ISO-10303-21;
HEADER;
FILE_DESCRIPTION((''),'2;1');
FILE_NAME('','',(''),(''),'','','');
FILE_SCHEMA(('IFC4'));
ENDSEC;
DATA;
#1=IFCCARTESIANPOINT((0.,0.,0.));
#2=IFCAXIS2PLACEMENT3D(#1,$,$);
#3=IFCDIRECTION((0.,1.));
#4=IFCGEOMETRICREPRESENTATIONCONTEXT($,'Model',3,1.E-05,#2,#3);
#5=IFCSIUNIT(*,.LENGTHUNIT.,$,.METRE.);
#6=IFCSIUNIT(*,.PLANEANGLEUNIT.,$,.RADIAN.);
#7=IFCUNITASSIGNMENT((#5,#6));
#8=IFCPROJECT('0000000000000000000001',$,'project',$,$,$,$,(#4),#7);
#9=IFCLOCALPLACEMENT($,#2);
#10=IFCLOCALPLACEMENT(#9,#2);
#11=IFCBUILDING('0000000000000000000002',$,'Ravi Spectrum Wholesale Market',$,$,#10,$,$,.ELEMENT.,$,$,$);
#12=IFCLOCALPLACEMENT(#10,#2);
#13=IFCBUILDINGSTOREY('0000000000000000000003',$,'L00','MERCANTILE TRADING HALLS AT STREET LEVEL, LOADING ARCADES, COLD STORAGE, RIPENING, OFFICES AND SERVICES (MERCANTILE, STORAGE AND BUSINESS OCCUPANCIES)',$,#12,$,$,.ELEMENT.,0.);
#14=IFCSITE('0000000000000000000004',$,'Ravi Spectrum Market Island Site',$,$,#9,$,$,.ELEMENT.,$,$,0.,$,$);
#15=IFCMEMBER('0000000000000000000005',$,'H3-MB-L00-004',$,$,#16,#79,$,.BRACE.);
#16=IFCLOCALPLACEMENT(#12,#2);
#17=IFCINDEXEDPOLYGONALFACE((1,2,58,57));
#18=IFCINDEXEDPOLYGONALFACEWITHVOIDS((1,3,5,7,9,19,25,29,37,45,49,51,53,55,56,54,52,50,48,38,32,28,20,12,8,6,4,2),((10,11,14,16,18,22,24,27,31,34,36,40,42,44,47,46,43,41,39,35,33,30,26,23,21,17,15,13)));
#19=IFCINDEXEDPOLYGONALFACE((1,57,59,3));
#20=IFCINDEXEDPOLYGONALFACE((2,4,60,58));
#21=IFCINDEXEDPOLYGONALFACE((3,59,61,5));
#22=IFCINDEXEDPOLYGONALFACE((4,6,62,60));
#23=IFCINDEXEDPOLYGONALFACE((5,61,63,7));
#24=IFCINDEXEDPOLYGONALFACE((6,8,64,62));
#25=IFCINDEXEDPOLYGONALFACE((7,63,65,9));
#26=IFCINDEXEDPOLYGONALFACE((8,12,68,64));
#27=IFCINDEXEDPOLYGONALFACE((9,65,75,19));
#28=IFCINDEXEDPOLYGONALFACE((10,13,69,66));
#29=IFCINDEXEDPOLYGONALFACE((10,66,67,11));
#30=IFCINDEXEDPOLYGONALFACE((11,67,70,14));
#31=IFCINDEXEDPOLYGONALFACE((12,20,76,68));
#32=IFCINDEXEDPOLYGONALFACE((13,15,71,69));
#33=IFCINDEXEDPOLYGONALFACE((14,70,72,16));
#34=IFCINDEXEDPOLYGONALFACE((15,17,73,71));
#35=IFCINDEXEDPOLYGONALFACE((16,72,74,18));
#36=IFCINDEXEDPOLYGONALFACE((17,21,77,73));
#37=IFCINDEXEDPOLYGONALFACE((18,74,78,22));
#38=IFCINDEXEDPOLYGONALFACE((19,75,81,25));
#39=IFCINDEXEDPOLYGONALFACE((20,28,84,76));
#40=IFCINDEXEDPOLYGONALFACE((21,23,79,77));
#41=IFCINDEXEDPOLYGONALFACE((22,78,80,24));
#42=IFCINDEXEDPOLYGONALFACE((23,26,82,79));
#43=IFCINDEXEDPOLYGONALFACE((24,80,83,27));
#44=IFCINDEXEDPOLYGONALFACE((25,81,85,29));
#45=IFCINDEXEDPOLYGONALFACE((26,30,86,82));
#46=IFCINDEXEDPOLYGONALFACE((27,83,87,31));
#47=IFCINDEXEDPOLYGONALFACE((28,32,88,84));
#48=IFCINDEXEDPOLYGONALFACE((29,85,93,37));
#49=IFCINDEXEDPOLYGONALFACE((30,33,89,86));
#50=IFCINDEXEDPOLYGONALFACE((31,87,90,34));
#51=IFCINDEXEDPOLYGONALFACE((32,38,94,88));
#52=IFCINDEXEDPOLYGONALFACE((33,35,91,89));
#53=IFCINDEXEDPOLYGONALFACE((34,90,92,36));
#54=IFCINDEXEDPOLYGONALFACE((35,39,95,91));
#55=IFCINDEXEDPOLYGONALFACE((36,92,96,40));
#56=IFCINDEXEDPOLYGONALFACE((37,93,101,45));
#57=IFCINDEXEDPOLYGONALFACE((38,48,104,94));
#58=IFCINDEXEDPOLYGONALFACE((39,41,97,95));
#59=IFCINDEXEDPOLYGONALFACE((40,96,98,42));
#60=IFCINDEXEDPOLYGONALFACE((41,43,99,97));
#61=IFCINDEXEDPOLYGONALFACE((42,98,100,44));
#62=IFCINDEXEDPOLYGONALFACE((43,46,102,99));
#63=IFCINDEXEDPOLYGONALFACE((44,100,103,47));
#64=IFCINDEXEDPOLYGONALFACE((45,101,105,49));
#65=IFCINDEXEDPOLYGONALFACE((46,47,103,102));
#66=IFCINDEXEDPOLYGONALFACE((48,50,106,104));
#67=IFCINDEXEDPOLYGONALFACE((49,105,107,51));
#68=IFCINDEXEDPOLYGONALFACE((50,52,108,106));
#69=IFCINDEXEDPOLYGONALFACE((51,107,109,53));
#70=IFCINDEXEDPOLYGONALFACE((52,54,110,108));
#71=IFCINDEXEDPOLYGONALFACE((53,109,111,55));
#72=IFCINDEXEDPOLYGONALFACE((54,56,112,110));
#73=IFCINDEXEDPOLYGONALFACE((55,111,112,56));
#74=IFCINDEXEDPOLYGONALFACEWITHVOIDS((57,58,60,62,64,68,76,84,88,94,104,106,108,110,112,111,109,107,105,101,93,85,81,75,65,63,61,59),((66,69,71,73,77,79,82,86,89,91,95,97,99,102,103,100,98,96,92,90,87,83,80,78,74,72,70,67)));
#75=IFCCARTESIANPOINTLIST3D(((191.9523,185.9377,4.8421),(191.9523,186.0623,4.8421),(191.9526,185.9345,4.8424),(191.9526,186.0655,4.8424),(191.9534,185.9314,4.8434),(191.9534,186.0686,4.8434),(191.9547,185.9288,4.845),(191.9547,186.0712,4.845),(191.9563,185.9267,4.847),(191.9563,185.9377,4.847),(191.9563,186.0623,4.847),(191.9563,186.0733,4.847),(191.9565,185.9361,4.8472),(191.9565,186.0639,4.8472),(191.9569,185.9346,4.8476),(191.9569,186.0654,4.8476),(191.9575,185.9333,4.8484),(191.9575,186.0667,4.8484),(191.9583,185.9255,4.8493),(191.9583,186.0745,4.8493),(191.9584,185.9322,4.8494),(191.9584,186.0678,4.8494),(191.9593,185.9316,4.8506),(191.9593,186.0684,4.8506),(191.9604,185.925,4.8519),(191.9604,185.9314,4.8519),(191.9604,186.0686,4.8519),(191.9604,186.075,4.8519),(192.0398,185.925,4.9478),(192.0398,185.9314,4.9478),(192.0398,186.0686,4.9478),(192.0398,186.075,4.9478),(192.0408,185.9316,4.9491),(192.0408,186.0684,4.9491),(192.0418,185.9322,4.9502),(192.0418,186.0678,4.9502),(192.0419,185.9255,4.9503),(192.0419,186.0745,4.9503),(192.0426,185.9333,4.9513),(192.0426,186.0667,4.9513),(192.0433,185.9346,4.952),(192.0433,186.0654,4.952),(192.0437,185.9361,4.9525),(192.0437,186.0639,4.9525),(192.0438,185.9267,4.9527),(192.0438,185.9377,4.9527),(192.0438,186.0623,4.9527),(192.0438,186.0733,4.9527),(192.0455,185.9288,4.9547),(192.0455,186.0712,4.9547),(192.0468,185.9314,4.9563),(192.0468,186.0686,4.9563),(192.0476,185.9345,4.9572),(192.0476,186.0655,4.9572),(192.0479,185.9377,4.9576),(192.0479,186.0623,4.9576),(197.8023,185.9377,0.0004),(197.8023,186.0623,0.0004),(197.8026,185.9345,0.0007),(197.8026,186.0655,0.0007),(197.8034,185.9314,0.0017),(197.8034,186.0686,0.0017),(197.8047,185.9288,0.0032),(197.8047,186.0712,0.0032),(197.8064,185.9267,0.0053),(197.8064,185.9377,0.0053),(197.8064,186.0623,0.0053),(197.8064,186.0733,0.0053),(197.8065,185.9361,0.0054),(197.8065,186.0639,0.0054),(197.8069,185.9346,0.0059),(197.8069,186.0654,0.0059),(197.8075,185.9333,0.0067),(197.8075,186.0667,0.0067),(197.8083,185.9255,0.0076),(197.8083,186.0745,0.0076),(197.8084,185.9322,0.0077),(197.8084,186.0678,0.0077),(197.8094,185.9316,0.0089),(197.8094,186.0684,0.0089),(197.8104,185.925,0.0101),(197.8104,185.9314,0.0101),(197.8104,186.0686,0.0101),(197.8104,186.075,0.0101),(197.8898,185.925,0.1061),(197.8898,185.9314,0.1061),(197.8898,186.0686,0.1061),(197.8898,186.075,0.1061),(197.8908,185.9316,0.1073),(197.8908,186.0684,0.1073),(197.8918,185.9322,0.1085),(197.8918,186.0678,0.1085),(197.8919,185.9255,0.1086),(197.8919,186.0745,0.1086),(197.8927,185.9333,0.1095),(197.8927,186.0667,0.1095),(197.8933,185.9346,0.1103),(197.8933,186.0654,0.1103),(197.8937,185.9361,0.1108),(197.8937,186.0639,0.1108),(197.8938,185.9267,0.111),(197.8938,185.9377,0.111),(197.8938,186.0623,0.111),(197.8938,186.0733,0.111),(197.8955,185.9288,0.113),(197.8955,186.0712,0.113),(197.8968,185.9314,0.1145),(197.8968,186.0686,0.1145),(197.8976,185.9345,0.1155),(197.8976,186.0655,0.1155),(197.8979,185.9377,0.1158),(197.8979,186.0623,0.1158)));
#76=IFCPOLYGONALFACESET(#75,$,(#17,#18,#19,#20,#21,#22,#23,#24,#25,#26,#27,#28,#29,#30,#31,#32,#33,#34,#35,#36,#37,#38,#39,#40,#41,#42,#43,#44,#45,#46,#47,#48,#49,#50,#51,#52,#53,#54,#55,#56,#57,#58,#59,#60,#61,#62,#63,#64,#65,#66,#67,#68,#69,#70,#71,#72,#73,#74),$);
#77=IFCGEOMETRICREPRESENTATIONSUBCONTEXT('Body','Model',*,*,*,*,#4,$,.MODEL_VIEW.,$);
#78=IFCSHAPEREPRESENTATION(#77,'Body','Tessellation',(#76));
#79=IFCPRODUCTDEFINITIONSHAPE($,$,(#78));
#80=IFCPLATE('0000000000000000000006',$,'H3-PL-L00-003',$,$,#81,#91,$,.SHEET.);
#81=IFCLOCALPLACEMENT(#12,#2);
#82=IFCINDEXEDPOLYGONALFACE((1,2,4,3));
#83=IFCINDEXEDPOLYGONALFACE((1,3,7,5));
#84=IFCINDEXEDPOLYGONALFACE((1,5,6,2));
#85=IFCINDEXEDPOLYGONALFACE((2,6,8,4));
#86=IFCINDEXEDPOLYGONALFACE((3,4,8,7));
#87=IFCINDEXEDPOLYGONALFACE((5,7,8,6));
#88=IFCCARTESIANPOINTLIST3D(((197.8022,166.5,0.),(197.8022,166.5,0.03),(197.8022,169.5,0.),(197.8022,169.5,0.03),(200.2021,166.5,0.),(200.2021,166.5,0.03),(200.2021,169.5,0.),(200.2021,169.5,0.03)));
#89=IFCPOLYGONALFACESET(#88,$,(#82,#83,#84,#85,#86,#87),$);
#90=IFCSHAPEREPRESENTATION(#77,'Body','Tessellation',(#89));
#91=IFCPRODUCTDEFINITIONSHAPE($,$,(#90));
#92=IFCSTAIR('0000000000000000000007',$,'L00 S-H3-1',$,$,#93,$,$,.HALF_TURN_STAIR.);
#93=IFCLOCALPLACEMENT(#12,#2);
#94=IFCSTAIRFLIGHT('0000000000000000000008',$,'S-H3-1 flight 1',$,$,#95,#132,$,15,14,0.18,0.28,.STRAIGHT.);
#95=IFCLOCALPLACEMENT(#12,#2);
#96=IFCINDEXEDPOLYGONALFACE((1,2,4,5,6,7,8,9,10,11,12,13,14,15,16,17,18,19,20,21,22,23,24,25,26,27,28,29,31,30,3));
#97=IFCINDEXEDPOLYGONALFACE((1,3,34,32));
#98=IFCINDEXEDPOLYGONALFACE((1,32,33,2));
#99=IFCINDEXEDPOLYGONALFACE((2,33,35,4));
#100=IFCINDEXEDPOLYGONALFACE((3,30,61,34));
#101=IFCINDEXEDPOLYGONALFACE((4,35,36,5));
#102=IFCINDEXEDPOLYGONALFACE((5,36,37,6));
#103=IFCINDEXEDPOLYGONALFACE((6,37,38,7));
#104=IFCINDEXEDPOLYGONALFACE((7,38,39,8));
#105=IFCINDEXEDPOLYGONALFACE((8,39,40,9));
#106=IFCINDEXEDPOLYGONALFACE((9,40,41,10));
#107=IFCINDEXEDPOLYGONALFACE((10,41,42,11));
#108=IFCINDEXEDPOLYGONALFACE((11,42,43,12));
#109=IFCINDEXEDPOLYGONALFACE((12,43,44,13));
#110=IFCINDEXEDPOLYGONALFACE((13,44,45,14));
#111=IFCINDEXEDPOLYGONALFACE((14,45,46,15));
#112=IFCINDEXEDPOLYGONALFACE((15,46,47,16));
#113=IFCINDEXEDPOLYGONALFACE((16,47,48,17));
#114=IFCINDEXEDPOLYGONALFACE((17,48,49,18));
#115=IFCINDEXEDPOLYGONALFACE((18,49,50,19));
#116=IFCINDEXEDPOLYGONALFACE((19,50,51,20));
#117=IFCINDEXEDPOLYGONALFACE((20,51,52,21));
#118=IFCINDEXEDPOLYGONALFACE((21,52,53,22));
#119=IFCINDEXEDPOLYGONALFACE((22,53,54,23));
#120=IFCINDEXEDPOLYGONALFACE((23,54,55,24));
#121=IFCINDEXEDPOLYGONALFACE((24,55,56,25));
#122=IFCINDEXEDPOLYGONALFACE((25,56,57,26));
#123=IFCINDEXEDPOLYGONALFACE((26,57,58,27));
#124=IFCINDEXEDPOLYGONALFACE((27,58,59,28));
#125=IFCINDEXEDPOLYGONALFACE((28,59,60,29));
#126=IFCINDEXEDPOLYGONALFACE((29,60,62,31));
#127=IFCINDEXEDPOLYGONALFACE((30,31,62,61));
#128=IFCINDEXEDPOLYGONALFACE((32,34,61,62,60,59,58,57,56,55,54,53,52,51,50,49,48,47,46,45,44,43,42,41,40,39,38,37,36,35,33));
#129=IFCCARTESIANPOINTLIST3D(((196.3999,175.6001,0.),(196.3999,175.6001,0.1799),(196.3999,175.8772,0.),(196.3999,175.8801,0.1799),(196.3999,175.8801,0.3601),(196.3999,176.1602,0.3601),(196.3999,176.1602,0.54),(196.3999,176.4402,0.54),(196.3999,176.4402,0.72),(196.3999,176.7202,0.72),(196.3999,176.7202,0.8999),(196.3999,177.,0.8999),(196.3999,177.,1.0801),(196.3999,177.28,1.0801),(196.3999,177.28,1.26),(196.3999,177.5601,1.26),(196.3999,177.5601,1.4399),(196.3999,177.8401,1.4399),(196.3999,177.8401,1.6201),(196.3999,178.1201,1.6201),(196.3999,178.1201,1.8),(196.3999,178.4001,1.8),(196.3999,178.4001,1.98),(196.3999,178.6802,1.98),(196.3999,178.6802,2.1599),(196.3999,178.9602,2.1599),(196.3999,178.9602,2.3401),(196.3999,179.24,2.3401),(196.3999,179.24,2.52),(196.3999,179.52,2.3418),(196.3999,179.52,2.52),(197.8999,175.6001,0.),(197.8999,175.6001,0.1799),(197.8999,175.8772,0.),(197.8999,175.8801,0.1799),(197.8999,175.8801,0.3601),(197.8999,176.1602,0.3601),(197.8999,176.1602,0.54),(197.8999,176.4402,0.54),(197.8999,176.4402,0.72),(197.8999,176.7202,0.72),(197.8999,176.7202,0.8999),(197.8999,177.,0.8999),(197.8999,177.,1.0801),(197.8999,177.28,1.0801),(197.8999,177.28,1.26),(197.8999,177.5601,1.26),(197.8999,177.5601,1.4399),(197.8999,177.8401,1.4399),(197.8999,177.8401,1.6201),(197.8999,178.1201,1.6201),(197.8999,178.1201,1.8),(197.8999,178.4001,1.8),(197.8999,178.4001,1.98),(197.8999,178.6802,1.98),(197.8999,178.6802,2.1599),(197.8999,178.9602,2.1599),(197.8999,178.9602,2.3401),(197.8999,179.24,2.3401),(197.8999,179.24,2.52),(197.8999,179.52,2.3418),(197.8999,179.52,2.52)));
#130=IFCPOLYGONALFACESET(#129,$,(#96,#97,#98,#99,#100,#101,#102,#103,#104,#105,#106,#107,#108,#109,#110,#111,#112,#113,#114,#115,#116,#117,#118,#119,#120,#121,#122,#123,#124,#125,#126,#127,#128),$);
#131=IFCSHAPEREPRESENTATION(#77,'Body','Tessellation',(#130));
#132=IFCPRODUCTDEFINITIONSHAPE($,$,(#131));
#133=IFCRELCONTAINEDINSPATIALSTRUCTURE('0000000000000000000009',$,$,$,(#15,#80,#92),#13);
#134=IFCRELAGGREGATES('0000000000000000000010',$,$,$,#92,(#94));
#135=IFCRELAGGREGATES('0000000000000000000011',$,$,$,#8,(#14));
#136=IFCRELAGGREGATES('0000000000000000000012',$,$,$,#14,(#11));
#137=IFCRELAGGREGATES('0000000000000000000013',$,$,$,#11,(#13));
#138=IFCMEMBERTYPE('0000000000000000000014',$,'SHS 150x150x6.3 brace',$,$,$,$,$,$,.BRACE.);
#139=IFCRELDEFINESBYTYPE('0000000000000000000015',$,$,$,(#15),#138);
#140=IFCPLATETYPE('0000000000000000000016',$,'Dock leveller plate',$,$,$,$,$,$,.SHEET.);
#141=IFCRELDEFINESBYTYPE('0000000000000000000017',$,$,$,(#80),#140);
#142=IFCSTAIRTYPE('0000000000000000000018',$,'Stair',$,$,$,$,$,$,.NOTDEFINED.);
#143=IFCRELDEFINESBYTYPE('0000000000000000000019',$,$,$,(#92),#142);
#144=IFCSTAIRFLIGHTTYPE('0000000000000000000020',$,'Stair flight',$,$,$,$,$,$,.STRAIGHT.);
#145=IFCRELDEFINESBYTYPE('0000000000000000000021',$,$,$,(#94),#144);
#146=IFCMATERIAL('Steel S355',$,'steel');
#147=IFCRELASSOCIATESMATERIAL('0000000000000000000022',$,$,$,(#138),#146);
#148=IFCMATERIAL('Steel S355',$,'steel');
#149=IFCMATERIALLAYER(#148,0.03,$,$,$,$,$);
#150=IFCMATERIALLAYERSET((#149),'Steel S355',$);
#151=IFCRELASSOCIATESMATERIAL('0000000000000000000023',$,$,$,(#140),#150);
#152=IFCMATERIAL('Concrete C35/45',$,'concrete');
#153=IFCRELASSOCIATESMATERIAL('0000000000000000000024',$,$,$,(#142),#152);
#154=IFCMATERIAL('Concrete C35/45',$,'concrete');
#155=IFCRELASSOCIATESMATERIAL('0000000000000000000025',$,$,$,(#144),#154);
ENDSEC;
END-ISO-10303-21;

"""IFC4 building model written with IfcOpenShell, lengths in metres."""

from ifc_helpers import new_model, si_unit, direction, frame, origin, origin_2d, place, context, subcontext, project, spatial, polyline, rectangle, hollow_rectangle, outline, extrude, material, layer, layer_set, material_profile, profile_set, type_object, element, aggregate, save


model = new_model("IFC4")

# Units and contexts
model_context = context("Model", 3, precision=1e-05, world=origin(), true_north=direction((0.0, 1.0)))
body_context = subcontext(model_context, "Body", "Model", "MODEL_VIEW")
ifc_project = project(units=[si_unit("LENGTHUNIT", "METRE"), si_unit("PLANEANGLEUNIT", "RADIAN")], contexts=[model_context])

# Site, building, storey
site_placement = place(None, origin())
site = spatial("IfcSite", under=ifc_project, at=site_placement, Name="Ravi Spectrum Market Island Site", CompositionType="ELEMENT", RefElevation=0.0)
building_placement = place(site_placement, origin())
building = spatial("IfcBuilding", under=site, at=building_placement, Name="Ravi Spectrum Wholesale Market", CompositionType="ELEMENT")
storey_placement = place(building_placement, origin())
storey = spatial("IfcBuildingStorey", under=building, at=storey_placement, Name="L00", Description="MERCANTILE TRADING HALLS AT STREET LEVEL, LOADING ARCADES, COLD STORAGE, RIPENING, OFFICES AND SERVICES (MERCANTILE, STORAGE AND BUSINESS OCCUPANCIES)", CompositionType="ELEMENT", Elevation=0.0)

# Member
ifc_material_1 = material(Name="Steel S355", Category="steel")
ifc_material_profile_1 = material_profile(ifc_material_1, hollow_rectangle(XDim=0.1499, YDim=0.1499, WallThickness=0.0063, InnerFilletRadius=0.0063, OuterFilletRadius=0.0127, at=origin_2d()))
ifc_profile_set_1 = profile_set([ifc_material_profile_1], Name="Steel S355")
member_type = type_object("IfcMemberType", Name="SHS 150x150x6.3 brace", PredefinedType="BRACE", material=ifc_profile_set_1)
member_placement = place(storey_placement, frame((197.8501, 186.0, 0.0581), z_axis=(-0.770373, 0.0, 0.637594), x_axis=(0.0, -1.0, 0.0)))
element("IfcMember", 1, at=member_placement, inside=storey, type_object=member_type, Name="H3-MB-L00-004", PredefinedType="BRACE", context=body_context, shape_type="SweptSolid", body=[
    extrude(hollow_rectangle(XDim=0.1499, YDim=0.1499, WallThickness=0.0063, InnerFilletRadius=0.0063, OuterFilletRadius=0.0127, at=origin_2d()), origin(), (0.0, 0.0, 1.0), 7.5938),
])

# Plate
ifc_material_2 = material(Name="Steel S355", Category="steel")
ifc_layer = layer(ifc_material_2, 0.03)
ifc_layer_set = layer_set([ifc_layer], Name="Steel S355")
plate_type = type_object("IfcPlateType", Name="Dock leveller plate", PredefinedType="SHEET", material=ifc_layer_set)
plate_placement = place(storey_placement, frame((199.0022, 168.0, 0.0), z_axis=(0.0, 0.0, 1.0), x_axis=(1.0, 0.0, 0.0)))
element("IfcPlate", 2, at=plate_placement, inside=storey, type_object=plate_type, Name="H3-PL-L00-003", PredefinedType="SHEET", context=body_context, shape_type="SweptSolid", body=[
    extrude(rectangle(XDim=2.3999, YDim=3.0, at=origin_2d()), origin(), (0.0, 0.0, 1.0), 0.03),
])

# Stair, stair flight
ifc_material_3 = material(Name="Concrete C35/45", Category="concrete")
stair_type = type_object("IfcStairType", Name="Stair", PredefinedType="NOTDEFINED", material=ifc_material_3)
stair_placement = place(storey_placement, origin())
stair = element("IfcStair", 3, at=stair_placement, inside=storey, type_object=stair_type, Name="L00 S-H3-1", PredefinedType="HALF_TURN_STAIR")
ifc_material_4 = material(Name="Concrete C35/45", Category="concrete")
stair_flight_type = type_object("IfcStairFlightType", Name="Stair flight", PredefinedType="STRAIGHT", material=ifc_material_4)
stair_flight_placement = place(storey_placement, frame((197.1499, 175.6001, 0.0), z_axis=(0.0, 0.0, 1.0), x_axis=(0.0, 1.0, 0.0)))
stair_flight = element("IfcStairFlight", 4, at=stair_flight_placement, type_object=stair_flight_type, Name="S-H3-1 flight 1", NumberOfRisers=15, NumberOfTreads=14, PredefinedType="STRAIGHT", RiserHeight=0.18, TreadLength=0.28, context=body_context, shape_type="SweptSolid", body=[
    extrude(outline(polyline([(0.0, 0.0), (0.0, 0.1799), (0.28, 0.1799), (0.28, 0.3601), (0.5601, 0.3601), (0.5601, 0.54), (0.8401, 0.54), (0.8401, 0.72), (1.1201, 0.72), (1.1201, 0.8999), (1.3999, 0.8999), (1.3999, 1.0801), (1.6799, 1.0801), (1.6799, 1.26), (1.96, 1.26), (1.96, 1.4399), (2.24, 1.4399), (2.24, 1.6201), (2.52, 1.6201), (2.52, 1.8), (2.8, 1.8), (2.8, 1.98), (3.0801, 1.98), (3.0801, 2.1599), (3.3601, 2.1599), (3.3601, 2.3401), (3.6399, 2.3401), (3.6399, 2.52), (3.9199, 2.52), (3.9199, 2.7), (3.9199, 2.3418), (0.2771, 0.0), (0.0, 0.0)])), frame((0.0, 0.75, 0.0), z_axis=(0.0, -1.0, 0.0), x_axis=(1.0, 0.0, 0.0)), (0.0, 0.0, 1.0), 1.5),
])
aggregate(stair, [stair_flight])

save(model, "model.ifc")
